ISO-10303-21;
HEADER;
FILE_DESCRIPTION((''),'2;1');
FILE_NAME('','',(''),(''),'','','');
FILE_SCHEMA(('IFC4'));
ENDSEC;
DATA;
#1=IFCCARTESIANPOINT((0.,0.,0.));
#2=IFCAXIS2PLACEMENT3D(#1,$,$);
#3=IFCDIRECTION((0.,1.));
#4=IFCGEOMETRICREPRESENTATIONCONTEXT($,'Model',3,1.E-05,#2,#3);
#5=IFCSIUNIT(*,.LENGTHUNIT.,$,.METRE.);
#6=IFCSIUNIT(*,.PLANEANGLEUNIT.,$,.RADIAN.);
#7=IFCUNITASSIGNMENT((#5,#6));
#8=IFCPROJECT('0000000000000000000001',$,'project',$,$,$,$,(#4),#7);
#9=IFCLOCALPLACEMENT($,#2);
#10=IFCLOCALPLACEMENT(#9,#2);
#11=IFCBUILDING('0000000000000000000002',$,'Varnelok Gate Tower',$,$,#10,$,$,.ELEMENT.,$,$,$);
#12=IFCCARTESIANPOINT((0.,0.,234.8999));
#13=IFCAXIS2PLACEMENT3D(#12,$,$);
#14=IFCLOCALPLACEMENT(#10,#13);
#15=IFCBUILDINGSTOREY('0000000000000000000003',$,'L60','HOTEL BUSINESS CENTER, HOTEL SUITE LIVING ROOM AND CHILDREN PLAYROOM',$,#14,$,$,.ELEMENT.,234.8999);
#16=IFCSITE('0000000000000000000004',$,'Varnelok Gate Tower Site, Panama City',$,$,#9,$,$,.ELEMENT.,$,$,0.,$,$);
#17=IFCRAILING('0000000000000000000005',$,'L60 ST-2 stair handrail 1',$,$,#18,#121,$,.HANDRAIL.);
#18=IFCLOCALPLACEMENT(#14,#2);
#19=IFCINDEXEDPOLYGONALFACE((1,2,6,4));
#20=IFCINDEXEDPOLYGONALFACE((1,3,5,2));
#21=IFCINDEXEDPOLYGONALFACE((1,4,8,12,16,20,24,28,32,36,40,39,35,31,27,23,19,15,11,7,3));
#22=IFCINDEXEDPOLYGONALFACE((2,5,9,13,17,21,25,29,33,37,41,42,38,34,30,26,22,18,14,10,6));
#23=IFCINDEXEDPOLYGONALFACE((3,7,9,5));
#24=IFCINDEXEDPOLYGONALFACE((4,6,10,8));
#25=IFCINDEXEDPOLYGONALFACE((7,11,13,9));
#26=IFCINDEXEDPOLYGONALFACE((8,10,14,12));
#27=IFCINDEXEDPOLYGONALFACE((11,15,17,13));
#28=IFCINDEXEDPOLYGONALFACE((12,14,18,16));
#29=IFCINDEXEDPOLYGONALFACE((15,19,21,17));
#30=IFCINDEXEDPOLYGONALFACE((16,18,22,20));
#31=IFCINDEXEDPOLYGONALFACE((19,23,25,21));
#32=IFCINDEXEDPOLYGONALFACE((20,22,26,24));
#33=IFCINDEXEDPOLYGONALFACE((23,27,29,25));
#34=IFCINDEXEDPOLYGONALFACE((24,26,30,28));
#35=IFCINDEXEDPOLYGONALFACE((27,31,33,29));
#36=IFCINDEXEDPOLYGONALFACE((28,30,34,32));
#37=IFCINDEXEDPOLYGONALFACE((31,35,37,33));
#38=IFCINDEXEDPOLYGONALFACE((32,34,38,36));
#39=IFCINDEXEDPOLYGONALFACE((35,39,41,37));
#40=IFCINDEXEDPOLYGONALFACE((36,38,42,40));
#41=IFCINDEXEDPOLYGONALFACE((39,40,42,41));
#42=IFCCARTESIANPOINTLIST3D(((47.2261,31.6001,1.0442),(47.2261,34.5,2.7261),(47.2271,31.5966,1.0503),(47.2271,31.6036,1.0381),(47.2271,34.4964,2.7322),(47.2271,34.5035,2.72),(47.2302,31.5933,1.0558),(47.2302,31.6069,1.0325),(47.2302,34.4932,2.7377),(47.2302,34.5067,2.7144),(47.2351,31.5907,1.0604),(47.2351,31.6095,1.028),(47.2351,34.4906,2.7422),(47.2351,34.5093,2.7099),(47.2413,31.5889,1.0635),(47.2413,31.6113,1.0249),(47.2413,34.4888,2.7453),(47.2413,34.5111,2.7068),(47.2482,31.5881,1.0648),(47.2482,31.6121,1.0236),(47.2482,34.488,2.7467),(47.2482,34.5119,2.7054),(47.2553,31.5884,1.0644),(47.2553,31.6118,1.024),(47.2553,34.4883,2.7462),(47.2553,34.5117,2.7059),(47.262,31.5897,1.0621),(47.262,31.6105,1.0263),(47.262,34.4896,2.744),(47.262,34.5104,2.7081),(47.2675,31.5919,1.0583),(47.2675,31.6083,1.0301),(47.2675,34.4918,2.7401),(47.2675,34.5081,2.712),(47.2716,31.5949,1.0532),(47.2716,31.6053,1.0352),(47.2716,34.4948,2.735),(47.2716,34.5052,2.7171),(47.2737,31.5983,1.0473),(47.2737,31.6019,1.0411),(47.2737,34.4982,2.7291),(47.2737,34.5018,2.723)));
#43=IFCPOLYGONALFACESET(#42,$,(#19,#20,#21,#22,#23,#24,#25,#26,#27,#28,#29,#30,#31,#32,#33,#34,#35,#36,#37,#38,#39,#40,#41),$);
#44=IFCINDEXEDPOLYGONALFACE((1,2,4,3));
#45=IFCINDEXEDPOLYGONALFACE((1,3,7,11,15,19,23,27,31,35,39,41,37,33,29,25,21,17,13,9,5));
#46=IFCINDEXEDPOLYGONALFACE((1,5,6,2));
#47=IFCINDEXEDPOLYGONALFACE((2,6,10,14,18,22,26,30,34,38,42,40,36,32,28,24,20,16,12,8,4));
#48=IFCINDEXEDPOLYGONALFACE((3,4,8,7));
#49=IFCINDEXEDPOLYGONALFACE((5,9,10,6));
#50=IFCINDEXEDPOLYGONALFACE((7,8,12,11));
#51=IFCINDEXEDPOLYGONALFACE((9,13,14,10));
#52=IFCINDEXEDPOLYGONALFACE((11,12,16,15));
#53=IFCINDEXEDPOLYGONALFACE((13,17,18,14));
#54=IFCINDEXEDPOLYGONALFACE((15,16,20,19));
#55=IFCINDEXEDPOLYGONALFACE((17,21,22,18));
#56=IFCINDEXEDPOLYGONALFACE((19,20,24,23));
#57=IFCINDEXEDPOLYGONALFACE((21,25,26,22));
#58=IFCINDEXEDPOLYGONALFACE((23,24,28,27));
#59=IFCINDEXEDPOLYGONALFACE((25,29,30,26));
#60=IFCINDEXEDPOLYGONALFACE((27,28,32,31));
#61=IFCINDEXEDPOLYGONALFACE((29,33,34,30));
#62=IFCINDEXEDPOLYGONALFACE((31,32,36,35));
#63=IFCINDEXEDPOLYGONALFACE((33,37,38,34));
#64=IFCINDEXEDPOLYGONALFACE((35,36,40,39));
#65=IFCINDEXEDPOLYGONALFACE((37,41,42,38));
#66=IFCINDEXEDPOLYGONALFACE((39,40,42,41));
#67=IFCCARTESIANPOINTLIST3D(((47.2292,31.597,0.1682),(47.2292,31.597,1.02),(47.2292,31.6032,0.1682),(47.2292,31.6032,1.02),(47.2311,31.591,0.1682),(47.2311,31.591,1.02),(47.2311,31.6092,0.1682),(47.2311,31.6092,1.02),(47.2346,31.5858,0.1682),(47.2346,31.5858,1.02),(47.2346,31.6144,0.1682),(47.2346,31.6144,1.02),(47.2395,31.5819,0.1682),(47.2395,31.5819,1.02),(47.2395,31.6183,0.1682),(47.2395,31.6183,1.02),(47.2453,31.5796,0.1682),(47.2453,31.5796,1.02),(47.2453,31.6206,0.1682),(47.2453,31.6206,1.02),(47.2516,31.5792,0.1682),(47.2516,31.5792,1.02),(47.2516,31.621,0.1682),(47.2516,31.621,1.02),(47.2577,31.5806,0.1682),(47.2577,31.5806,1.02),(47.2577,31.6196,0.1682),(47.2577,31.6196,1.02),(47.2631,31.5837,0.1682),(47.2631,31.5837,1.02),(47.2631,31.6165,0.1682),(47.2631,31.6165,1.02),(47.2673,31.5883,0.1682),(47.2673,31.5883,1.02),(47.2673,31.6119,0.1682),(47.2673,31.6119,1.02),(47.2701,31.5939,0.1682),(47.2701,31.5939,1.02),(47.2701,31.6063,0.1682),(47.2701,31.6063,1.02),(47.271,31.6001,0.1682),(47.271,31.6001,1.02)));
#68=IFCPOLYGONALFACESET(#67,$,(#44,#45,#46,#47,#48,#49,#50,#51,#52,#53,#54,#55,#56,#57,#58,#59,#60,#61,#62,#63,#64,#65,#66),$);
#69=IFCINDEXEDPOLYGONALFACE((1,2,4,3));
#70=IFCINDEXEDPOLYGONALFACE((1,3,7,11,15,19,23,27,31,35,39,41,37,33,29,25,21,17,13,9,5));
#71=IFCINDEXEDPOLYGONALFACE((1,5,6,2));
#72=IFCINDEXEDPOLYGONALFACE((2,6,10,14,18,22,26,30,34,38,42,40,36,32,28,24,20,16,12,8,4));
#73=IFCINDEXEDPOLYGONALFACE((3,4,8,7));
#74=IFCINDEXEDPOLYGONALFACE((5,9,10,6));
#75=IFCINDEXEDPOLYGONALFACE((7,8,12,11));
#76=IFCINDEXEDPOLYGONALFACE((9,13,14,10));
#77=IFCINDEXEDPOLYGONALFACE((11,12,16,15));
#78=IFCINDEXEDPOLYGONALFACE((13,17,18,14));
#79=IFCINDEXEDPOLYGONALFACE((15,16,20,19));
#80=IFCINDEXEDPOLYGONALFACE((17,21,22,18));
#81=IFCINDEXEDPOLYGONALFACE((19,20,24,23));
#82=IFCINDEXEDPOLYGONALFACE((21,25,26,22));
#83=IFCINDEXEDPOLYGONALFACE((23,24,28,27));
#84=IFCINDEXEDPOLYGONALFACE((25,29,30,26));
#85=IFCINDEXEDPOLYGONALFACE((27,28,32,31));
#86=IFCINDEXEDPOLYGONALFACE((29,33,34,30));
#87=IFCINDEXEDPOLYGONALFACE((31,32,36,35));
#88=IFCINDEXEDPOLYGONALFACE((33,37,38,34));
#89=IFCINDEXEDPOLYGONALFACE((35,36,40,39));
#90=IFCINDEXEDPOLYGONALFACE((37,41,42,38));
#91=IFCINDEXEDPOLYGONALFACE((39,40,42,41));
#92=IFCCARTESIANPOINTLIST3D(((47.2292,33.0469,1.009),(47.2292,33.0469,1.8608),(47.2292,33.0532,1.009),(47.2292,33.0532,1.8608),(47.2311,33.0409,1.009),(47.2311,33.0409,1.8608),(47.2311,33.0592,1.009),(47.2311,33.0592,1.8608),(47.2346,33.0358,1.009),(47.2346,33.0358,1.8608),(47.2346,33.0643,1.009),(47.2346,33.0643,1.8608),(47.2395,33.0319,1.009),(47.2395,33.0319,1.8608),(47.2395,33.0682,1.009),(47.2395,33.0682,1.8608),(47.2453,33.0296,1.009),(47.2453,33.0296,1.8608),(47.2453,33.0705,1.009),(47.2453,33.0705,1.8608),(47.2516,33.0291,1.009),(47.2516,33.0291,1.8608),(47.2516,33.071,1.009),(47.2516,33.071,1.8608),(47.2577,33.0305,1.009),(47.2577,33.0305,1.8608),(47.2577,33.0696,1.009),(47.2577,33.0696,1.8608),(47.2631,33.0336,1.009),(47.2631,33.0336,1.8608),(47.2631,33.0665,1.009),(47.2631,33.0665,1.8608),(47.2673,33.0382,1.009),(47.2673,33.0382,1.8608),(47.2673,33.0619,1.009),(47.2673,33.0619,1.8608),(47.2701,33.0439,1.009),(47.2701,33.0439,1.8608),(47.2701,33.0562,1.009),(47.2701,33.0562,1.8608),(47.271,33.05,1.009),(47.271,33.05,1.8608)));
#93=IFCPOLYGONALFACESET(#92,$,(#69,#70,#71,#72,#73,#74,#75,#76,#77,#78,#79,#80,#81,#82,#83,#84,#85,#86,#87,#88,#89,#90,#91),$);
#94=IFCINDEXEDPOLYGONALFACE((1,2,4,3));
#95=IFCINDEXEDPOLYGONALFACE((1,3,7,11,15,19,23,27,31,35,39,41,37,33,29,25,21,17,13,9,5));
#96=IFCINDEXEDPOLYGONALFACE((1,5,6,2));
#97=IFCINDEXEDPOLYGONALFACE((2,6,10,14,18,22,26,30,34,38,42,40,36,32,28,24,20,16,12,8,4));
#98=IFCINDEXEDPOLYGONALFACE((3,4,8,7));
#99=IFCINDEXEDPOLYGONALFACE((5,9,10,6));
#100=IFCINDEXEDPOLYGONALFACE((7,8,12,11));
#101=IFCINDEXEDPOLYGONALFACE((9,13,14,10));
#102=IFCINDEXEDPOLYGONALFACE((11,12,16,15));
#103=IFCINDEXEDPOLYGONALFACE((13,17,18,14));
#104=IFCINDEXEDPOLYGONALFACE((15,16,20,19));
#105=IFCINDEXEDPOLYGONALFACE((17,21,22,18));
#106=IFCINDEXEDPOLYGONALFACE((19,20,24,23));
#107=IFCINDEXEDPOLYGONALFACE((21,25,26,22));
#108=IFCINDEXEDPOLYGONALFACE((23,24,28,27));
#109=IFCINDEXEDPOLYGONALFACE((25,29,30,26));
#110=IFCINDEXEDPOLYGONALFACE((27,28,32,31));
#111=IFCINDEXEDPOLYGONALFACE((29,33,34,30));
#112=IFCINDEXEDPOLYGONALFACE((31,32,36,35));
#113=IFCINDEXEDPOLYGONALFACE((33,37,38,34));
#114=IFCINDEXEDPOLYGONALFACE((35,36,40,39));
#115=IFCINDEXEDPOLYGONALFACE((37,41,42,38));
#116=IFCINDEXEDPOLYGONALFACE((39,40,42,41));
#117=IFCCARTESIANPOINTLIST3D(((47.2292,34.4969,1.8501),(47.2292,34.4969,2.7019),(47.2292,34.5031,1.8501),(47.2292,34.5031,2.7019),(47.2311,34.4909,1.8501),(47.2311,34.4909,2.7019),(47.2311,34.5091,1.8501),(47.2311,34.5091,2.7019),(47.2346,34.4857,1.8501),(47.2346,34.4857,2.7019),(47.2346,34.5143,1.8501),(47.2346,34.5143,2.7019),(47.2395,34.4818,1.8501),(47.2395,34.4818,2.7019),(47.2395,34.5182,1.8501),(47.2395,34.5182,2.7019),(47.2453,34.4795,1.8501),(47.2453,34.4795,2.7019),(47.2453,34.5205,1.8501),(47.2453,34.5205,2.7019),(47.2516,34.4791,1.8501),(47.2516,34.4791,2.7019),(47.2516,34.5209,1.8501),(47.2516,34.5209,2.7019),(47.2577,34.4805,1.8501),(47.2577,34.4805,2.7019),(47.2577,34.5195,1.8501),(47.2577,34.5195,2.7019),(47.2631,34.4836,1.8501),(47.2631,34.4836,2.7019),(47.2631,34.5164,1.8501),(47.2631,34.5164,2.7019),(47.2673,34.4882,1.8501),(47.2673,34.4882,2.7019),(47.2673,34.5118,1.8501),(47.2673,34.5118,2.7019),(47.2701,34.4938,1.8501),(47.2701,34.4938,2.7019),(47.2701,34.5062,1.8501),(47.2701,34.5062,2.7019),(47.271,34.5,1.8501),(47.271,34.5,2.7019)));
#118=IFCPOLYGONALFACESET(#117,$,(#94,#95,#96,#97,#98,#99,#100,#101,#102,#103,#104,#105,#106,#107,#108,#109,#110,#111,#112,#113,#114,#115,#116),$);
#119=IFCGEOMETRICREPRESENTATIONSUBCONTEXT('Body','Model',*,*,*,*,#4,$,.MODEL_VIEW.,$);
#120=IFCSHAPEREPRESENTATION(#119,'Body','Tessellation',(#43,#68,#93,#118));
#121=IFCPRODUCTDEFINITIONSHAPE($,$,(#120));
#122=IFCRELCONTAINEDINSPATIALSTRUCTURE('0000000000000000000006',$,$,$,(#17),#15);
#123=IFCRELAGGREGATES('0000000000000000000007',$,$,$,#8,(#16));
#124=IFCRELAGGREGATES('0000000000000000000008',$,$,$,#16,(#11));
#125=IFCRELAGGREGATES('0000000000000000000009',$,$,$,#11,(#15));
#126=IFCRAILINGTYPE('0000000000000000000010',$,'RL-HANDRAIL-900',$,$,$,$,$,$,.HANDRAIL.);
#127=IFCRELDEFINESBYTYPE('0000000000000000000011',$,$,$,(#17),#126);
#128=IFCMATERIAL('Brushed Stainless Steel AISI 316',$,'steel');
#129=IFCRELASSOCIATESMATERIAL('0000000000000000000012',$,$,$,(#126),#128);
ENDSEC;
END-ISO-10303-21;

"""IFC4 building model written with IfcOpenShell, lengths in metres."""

from ifc_helpers import new_model, si_unit, direction, frame, origin, origin_2d, place, context, subcontext, project, spatial, circle, extrude, material, type_object, element, save


model = new_model("IFC4")

# Units and contexts
model_context = context("Model", 3, precision=1e-05, world=origin(), true_north=direction((0.0, 1.0)))
body_context = subcontext(model_context, "Body", "Model", "MODEL_VIEW")
ifc_project = project(units=[si_unit("LENGTHUNIT", "METRE"), si_unit("PLANEANGLEUNIT", "RADIAN")], contexts=[model_context])

# Site, building, storey
site_placement = place(None, origin())
site = spatial("IfcSite", under=ifc_project, at=site_placement, Name="Varnelok Gate Tower Site, Panama City", CompositionType="ELEMENT", RefElevation=0.0)
building_placement = place(site_placement, origin())
building = spatial("IfcBuilding", under=site, at=building_placement, Name="Varnelok Gate Tower", CompositionType="ELEMENT")
storey_placement = place(building_placement, frame((0.0, 0.0, 234.8999)))
storey = spatial("IfcBuildingStorey", under=building, at=storey_placement, Name="L60", Description="HOTEL BUSINESS CENTER, HOTEL SUITE LIVING ROOM AND CHILDREN PLAYROOM", CompositionType="ELEMENT", Elevation=234.8999)

# Railing
ifc_material_1 = material(Name="Brushed Stainless Steel AISI 316", Category="steel")
railing_type_1 = type_object("IfcRailingType", Name="RL-HANDRAIL-900", PredefinedType="HANDRAIL", material=ifc_material_1)
railing_1_placement = place(storey_placement, frame((47.25, 31.6001, 0.1682)))
element("IfcRailing", 1, at=railing_1_placement, inside=storey, type_object=railing_type_1, Name="L60 ST-2 stair handrail 1", PredefinedType="HANDRAIL", context=body_context, shape_type="SweptSolid", body=[
    extrude(circle(Radius=0.0239, at=origin_2d()), frame((0.0, 0.0, 0.876), z_axis=(0.0, 0.865039, 0.501705), x_axis=(-1.0, 0.0, 0.0)), (0.0, 0.0, 1.0), 3.3523),
    extrude(circle(Radius=0.021, at=origin_2d()), origin(), (0.0, 0.0, 1.0), 0.8518),
    extrude(circle(Radius=0.021, at=origin_2d()), frame((0.0, 1.45, 0.8408)), (0.0, 0.0, 1.0), 0.8518),
    extrude(circle(Radius=0.021, at=origin_2d()), frame((0.0, 2.8999, 1.6819)), (0.0, 0.0, 1.0), 0.8518),
])

save(model, "model.ifc")
